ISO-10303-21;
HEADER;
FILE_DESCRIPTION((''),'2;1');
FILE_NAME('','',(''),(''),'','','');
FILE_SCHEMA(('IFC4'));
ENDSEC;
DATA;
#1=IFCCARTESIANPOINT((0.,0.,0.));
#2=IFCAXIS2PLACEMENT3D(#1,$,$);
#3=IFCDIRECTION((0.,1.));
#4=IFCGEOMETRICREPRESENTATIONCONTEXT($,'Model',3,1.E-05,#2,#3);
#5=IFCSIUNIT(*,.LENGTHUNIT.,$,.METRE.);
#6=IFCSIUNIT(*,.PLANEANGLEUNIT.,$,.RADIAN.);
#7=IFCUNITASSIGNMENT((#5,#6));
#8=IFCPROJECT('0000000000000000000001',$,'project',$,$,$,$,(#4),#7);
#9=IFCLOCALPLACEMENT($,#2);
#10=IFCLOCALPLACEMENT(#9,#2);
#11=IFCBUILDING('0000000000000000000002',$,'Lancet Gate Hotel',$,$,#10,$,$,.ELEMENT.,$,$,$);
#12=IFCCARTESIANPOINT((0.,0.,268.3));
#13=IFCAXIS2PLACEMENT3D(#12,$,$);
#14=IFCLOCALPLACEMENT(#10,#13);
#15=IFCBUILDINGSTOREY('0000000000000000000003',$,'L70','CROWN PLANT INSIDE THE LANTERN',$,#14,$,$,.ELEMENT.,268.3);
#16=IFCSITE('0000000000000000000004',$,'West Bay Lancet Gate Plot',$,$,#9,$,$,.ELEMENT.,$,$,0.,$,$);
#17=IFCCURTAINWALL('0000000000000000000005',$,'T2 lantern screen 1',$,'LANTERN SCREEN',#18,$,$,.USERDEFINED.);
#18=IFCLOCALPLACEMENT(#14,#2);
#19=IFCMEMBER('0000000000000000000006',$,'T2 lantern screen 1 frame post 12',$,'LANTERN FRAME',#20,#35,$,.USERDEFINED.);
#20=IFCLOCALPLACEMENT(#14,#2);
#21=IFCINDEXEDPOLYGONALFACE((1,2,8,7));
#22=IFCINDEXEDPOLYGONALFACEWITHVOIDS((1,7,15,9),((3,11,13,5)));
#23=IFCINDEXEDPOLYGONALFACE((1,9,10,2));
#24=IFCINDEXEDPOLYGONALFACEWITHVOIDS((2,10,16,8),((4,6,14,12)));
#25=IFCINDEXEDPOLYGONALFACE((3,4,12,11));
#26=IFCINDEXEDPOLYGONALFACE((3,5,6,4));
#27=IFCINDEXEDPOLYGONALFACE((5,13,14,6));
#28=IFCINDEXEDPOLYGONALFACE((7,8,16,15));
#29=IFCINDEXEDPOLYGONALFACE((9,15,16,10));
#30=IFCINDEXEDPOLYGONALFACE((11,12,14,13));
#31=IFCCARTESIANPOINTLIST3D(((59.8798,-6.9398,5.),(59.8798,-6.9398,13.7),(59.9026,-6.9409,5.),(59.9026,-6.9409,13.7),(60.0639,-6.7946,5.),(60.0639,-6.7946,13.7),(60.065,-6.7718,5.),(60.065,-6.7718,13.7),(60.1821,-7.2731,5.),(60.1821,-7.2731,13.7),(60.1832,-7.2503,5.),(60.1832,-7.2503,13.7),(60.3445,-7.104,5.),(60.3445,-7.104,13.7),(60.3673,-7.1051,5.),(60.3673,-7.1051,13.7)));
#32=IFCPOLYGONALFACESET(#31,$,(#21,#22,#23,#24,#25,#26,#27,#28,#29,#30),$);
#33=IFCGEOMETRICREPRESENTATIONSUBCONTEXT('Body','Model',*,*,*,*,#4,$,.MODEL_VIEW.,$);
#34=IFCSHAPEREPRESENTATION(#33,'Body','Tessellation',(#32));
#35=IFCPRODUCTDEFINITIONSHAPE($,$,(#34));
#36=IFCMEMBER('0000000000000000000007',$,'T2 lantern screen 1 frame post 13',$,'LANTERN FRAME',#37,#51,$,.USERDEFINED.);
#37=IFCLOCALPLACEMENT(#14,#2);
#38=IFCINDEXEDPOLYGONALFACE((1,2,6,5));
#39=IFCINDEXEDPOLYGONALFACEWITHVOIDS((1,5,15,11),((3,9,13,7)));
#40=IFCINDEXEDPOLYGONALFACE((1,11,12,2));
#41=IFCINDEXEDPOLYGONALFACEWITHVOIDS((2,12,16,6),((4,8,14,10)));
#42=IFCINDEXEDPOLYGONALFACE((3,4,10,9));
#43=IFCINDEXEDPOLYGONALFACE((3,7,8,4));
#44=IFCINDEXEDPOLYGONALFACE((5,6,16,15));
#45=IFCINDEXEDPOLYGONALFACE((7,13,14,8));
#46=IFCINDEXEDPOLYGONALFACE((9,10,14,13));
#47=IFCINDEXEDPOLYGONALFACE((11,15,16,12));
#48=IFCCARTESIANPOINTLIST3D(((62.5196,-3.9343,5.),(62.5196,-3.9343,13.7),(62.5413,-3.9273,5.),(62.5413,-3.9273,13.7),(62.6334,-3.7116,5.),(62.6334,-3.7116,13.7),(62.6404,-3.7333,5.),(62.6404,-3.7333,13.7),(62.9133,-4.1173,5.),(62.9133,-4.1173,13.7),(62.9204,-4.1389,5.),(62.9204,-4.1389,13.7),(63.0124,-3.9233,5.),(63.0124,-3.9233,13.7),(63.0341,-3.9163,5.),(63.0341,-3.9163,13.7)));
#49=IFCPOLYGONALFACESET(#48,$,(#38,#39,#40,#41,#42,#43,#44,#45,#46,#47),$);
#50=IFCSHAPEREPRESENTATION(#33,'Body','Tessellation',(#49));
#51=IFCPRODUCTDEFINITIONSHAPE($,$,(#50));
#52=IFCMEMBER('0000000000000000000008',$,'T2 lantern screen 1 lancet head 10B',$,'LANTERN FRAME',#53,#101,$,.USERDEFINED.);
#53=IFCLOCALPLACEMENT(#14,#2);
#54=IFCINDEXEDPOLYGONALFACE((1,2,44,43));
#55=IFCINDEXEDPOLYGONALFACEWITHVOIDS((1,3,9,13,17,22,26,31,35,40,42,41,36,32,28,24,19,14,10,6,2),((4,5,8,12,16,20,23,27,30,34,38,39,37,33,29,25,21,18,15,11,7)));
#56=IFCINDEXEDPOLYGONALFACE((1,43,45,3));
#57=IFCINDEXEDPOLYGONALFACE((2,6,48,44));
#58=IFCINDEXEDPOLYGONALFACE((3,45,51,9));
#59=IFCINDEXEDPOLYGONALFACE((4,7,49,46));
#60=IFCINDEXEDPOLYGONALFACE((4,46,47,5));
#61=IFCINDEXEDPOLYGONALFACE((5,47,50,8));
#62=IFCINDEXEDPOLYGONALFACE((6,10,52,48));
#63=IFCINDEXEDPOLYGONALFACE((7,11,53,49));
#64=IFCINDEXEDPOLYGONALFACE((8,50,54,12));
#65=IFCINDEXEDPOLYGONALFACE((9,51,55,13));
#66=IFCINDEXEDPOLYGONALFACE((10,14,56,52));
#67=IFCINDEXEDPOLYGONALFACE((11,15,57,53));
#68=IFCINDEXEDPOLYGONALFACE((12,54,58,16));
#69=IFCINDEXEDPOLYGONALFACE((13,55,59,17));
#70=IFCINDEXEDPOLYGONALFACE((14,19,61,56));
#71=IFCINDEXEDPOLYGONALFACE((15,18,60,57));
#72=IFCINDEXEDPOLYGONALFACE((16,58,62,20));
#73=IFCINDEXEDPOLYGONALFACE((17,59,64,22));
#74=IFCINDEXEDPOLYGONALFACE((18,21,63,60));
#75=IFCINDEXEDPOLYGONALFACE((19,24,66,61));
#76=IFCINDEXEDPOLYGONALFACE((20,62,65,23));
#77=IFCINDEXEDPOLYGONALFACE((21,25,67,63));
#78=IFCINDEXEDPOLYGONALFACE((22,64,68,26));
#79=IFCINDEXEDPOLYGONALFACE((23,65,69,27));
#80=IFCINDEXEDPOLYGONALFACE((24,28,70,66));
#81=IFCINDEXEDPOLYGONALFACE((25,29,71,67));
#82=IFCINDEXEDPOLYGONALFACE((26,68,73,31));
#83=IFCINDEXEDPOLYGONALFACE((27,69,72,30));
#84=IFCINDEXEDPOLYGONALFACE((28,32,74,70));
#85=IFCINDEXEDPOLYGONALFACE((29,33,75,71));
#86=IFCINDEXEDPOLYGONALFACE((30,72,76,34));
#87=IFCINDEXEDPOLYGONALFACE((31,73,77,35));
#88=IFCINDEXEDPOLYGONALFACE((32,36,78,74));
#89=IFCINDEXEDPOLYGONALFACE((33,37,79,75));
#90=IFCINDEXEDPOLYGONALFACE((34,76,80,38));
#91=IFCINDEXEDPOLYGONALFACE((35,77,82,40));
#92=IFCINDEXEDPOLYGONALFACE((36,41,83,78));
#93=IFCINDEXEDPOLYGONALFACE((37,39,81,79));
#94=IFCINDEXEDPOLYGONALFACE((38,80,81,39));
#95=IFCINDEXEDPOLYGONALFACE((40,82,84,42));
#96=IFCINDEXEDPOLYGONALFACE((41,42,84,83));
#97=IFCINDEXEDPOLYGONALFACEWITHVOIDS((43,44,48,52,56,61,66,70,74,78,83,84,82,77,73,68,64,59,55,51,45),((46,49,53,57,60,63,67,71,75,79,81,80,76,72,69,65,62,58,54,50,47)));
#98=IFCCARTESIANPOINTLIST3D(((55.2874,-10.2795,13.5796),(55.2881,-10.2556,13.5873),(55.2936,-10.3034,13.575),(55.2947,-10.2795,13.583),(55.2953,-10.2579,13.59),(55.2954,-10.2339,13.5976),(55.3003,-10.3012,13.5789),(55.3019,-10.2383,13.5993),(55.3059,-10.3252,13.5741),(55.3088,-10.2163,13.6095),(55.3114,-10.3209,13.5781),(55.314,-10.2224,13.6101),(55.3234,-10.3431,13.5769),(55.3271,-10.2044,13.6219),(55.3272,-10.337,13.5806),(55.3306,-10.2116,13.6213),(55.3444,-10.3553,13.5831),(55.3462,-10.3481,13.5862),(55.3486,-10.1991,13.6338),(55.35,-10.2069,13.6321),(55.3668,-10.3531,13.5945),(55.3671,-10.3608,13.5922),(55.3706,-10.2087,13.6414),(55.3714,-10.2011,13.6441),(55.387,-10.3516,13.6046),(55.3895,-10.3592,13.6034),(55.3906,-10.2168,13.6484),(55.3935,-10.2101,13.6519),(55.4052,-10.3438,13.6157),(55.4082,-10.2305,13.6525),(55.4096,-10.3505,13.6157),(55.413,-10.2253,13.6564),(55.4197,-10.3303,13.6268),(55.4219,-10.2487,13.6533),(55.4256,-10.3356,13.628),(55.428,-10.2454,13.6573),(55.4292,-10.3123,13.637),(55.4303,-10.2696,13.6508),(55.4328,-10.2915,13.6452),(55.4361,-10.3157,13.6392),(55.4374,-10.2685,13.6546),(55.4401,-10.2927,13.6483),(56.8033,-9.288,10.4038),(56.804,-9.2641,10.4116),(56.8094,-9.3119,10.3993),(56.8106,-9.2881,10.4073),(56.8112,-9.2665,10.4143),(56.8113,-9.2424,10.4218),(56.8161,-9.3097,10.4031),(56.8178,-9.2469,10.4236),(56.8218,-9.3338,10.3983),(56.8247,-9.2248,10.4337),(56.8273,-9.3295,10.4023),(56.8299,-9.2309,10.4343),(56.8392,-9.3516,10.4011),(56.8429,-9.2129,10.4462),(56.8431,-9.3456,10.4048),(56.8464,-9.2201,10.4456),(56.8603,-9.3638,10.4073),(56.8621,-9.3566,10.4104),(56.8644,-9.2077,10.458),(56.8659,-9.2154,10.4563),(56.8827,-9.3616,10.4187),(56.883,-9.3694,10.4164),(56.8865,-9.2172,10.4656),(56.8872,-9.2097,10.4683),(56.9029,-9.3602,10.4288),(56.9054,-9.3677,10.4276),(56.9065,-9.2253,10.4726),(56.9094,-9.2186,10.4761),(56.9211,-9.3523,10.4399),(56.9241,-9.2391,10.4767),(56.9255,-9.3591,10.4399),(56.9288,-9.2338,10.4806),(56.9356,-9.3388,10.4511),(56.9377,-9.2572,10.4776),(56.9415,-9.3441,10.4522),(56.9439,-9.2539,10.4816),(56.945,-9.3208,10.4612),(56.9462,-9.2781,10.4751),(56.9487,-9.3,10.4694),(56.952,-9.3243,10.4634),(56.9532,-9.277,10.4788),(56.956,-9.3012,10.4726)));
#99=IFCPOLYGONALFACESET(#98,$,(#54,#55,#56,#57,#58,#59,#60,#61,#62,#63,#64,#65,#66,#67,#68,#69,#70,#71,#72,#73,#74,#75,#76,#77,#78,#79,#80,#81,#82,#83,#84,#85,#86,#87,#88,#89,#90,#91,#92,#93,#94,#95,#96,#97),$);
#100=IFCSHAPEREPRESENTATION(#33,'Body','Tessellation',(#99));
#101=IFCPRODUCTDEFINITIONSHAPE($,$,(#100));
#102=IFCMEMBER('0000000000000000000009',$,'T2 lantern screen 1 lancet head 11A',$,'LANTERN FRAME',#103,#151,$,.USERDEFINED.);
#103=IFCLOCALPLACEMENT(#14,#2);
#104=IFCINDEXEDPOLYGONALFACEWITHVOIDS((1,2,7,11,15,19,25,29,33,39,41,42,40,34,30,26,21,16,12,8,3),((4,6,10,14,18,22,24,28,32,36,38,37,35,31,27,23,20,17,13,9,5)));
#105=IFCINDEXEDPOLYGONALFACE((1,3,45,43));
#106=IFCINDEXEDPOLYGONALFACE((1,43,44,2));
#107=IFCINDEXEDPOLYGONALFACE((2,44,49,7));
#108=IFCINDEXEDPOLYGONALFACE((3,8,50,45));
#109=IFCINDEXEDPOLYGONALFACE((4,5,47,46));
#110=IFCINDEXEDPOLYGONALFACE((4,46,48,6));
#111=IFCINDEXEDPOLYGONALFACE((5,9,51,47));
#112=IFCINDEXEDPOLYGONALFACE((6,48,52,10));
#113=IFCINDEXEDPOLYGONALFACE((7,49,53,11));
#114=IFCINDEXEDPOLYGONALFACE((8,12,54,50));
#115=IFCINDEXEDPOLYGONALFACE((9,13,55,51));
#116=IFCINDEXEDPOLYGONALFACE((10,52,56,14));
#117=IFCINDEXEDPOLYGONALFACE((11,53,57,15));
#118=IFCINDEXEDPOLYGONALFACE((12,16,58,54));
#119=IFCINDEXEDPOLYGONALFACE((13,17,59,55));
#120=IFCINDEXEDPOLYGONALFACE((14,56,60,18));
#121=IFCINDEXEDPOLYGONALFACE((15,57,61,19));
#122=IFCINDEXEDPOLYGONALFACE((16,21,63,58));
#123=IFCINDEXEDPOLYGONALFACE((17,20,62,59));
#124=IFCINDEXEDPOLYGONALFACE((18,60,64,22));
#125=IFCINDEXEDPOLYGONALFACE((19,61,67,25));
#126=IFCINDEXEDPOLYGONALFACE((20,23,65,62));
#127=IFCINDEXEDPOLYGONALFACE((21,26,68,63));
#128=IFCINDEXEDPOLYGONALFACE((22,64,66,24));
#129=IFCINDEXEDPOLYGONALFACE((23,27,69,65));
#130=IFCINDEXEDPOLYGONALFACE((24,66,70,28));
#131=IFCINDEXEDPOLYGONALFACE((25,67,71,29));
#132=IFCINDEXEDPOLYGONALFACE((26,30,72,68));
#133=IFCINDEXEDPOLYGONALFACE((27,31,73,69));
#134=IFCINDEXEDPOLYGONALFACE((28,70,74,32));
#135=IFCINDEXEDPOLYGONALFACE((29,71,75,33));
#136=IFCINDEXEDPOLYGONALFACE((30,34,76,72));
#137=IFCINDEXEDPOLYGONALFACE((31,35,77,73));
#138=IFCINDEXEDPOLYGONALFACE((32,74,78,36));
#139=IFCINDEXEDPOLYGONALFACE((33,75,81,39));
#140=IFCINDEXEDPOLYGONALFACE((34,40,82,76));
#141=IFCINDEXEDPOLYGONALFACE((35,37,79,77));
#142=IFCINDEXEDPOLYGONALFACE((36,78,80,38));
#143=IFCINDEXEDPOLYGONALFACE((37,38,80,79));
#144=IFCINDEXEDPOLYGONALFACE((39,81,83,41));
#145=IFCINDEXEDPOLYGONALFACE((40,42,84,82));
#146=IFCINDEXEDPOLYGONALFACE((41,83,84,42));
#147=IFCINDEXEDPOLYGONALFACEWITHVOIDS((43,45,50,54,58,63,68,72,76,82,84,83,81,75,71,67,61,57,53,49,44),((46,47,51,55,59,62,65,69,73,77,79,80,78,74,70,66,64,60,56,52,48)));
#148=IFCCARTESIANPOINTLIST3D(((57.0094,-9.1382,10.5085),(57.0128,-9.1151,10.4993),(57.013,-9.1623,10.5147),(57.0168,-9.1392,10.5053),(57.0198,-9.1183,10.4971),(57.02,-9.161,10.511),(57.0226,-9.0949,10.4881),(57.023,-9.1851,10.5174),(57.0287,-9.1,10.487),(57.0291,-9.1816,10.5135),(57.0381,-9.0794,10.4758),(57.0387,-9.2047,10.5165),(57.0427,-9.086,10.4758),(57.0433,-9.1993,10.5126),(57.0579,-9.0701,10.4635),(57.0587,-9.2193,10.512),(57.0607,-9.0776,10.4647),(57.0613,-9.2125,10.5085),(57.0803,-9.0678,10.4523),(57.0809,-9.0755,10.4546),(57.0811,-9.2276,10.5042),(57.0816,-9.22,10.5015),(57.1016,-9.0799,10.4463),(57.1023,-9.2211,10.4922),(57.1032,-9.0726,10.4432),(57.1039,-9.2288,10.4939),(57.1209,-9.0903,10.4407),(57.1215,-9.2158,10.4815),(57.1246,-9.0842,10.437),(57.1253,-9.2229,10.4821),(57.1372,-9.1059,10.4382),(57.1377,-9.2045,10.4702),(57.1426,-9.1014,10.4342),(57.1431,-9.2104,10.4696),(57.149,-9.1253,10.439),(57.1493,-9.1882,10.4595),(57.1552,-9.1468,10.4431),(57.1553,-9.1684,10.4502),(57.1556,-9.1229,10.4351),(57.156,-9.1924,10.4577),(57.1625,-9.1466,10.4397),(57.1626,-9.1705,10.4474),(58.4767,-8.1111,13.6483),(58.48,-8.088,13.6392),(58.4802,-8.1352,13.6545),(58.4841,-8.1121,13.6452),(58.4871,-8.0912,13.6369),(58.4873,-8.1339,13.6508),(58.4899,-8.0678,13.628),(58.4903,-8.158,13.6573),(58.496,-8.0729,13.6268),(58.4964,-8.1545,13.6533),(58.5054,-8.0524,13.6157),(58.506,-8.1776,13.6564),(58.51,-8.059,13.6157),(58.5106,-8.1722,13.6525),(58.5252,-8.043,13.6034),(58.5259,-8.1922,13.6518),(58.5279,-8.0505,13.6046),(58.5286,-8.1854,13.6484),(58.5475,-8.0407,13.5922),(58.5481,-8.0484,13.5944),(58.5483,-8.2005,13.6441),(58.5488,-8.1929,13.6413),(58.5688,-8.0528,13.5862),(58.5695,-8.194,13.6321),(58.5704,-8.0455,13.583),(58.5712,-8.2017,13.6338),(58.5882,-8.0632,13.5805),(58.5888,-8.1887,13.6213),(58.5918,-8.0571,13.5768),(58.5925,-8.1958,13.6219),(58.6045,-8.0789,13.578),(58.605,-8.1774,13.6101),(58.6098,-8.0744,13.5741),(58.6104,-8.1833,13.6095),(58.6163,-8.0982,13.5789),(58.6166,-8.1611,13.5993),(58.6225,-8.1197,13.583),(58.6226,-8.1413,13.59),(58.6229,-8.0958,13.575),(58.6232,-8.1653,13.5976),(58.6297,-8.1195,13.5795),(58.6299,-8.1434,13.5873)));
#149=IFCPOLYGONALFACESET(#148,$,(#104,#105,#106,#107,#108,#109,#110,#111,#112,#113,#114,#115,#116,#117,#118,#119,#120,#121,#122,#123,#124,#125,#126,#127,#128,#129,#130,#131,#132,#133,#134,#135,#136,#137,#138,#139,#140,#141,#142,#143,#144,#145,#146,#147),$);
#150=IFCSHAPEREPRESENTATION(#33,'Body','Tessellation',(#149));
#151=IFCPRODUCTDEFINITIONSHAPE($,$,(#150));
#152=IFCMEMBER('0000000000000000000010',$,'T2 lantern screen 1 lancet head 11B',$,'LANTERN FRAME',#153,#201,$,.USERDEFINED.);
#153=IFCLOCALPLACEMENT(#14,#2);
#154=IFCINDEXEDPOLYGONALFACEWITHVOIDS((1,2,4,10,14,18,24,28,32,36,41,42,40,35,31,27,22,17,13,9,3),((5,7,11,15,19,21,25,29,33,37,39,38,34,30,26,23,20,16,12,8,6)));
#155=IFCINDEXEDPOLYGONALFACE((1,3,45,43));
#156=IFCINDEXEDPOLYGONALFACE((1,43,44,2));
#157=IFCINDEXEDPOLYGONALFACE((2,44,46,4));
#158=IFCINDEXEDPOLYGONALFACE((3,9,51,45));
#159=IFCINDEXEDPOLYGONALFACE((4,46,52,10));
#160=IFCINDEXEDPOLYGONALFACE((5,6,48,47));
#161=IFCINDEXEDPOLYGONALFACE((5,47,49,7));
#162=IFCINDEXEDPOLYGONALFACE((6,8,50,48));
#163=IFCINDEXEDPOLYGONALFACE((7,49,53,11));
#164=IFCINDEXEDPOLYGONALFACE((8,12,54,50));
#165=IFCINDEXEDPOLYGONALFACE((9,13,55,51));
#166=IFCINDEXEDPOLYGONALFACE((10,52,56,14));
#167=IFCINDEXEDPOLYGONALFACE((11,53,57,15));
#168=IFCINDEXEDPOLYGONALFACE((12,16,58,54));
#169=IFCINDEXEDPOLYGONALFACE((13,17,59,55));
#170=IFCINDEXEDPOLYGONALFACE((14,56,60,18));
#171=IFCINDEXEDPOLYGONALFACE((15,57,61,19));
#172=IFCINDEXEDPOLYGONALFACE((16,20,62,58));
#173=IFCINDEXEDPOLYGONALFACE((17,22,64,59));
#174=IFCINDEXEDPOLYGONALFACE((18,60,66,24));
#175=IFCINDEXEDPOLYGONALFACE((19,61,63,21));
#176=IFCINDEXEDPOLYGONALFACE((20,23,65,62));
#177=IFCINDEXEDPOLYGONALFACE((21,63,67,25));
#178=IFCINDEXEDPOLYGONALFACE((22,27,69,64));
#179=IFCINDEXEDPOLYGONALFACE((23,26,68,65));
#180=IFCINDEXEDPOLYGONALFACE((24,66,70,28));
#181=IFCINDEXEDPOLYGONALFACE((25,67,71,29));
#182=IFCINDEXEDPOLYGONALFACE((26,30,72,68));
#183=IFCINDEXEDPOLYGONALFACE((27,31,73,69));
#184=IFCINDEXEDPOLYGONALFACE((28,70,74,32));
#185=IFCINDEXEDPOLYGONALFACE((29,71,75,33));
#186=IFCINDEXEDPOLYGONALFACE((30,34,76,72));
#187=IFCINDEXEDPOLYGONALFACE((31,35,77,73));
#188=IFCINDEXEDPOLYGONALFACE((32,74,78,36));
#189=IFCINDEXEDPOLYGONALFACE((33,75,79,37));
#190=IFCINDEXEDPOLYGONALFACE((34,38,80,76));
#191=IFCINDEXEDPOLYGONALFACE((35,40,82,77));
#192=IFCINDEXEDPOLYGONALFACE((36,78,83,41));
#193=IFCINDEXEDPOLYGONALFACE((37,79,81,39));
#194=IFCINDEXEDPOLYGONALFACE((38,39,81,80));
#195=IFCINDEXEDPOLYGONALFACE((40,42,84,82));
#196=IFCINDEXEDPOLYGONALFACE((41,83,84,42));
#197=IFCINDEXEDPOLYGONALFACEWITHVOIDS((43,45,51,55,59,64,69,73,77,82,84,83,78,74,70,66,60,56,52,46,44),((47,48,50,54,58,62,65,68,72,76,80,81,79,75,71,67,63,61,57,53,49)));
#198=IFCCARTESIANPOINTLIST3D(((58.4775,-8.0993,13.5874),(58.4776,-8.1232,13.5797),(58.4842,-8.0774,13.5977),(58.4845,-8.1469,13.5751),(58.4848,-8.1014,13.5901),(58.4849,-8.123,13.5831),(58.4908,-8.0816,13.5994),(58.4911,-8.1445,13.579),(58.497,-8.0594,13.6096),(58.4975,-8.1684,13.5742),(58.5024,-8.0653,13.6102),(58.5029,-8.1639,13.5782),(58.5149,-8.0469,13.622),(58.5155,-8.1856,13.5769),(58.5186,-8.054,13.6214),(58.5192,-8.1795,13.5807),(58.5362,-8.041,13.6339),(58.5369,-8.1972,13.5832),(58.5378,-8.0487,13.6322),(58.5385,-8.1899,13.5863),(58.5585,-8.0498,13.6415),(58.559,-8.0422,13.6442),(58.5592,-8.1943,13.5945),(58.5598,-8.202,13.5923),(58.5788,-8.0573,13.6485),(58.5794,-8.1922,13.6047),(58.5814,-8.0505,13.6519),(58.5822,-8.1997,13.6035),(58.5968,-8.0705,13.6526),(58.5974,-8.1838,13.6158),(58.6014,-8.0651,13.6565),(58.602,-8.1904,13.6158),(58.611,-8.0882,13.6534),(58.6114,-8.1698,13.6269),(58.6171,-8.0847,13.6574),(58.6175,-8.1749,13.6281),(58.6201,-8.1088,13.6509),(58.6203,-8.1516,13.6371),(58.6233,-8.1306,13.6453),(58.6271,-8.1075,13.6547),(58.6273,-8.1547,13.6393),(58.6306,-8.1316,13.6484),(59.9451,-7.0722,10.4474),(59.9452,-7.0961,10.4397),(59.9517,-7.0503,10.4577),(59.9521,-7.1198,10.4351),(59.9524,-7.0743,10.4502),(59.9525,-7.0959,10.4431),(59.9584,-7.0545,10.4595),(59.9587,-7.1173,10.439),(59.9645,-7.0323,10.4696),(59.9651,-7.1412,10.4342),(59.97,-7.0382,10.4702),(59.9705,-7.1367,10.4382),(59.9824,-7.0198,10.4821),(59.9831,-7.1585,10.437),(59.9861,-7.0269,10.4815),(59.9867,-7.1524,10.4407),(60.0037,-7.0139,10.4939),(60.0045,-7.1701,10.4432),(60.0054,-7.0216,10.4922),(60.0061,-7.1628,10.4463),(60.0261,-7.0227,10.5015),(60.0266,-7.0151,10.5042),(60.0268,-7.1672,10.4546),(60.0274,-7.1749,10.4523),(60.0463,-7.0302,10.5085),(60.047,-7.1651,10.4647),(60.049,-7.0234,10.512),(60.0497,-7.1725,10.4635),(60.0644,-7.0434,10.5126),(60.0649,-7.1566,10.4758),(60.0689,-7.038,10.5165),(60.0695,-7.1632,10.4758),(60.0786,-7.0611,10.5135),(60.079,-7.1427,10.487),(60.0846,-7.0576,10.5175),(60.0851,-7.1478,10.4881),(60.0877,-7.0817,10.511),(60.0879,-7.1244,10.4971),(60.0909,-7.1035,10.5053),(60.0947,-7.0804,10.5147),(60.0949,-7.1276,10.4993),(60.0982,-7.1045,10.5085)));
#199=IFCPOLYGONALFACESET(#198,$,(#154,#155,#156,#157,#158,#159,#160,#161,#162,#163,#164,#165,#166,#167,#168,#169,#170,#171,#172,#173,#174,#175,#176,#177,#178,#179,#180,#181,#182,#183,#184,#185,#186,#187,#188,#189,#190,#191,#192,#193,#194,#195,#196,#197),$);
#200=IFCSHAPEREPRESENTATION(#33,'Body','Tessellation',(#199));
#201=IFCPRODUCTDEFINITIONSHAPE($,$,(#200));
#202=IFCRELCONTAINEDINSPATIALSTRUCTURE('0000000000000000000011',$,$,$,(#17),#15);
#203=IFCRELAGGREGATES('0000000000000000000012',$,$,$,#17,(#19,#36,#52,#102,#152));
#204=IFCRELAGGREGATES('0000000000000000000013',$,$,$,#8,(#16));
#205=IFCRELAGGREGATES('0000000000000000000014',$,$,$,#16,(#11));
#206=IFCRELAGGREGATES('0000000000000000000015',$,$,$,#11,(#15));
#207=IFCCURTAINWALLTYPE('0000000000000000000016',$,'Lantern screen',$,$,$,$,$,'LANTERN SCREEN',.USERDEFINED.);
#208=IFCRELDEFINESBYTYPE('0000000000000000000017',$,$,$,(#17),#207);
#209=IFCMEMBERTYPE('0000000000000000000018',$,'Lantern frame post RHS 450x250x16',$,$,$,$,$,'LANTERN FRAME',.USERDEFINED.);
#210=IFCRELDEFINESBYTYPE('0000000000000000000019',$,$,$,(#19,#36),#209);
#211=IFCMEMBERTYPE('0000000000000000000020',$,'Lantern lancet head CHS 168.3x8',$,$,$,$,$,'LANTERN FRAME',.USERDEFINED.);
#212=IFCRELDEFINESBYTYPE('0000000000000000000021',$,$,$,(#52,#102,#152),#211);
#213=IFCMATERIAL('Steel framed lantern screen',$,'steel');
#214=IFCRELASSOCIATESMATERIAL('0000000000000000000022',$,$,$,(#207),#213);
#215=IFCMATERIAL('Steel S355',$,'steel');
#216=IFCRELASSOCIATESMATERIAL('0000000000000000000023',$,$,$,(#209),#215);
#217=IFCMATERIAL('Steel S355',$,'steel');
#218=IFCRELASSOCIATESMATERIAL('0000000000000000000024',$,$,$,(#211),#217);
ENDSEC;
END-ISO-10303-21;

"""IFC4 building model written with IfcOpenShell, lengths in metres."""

from ifc_helpers import new_model, si_unit, direction, frame, origin, origin_2d, place, context, subcontext, project, spatial, hollow_rectangle, hollow_circle, extrude, material, material_profile, profile_set, type_object, element, aggregate, save


model = new_model("IFC4")

# Units and contexts
model_context = context("Model", 3, precision=1e-05, world=origin(), true_north=direction((0.0, 1.0)))
body_context = subcontext(model_context, "Body", "Model", "MODEL_VIEW")
ifc_project = project(units=[si_unit("LENGTHUNIT", "METRE"), si_unit("PLANEANGLEUNIT", "RADIAN")], contexts=[model_context])

# Site, building, storey
site_placement = place(None, origin())
site = spatial("IfcSite", under=ifc_project, at=site_placement, Name="West Bay Lancet Gate Plot", CompositionType="ELEMENT", RefElevation=0.0)
building_placement = place(site_placement, origin())
building = spatial("IfcBuilding", under=site, at=building_placement, Name="Lancet Gate Hotel", CompositionType="ELEMENT")
storey_placement = place(building_placement, frame((0.0, 0.0, 268.3)))
storey = spatial("IfcBuildingStorey", under=building, at=storey_placement, Name="L70", Description="CROWN PLANT INSIDE THE LANTERN", CompositionType="ELEMENT", Elevation=268.3)

# Curtain wall, members
ifc_material_1 = material(Name="Steel framed lantern screen", Category="steel")
curtain_wall_type_1 = type_object("IfcCurtainWallType", Name="Lantern screen", ElementType="LANTERN SCREEN", PredefinedType="USERDEFINED", material=ifc_material_1)
curtain_wall_1_placement = place(storey_placement, origin())
curtain_wall_1 = element("IfcCurtainWall", 1, at=curtain_wall_1_placement, inside=storey, type_object=curtain_wall_type_1, Name="T2 lantern screen 1", ObjectType="LANTERN SCREEN", PredefinedType="USERDEFINED")
ifc_material_2 = material(Name="Steel S355", Category="steel")
ifc_material_profile_1 = material_profile(ifc_material_2, hollow_rectangle(XDim=0.25, YDim=0.45, WallThickness=0.0161, at=origin_2d()), Name="RHS 450x250x16")
ifc_profile_set_1 = profile_set([ifc_material_profile_1], Name="Steel S355")
member_type_1 = type_object("IfcMemberType", Name="Lantern frame post RHS 450x250x16", ElementType="LANTERN FRAME", PredefinedType="USERDEFINED", material=ifc_profile_set_1)
member_1_placement = place(storey_placement, frame((60.1235, -7.0225, 5.0), z_axis=(0.0, 0.0, 1.0), x_axis=(0.740766, 0.671763, 0.0)))
member_1 = element("IfcMember", 2, at=member_1_placement, type_object=member_type_1, Name="T2 lantern screen 1 frame post 12", ObjectType="LANTERN FRAME", PredefinedType="USERDEFINED", context=body_context, shape_type="SweptSolid", body=[
    extrude(hollow_rectangle(XDim=0.25, YDim=0.45, WallThickness=0.0161, at=origin_2d()), origin(), (0.0, 0.0, 1.0), 8.7),
])
member_2_placement = place(storey_placement, frame((62.7769, -3.9253, 5.0), z_axis=(0.0, 0.0, 1.0), x_axis=(0.454853, 0.890567, 0.0)))
member_2 = element("IfcMember", 3, at=member_2_placement, type_object=member_type_1, Name="T2 lantern screen 1 frame post 13", ObjectType="LANTERN FRAME", PredefinedType="USERDEFINED", context=body_context, shape_type="SweptSolid", body=[
    extrude(hollow_rectangle(XDim=0.25, YDim=0.45, WallThickness=0.0161, at=origin_2d()), origin(), (0.0, 0.0, 1.0), 8.7),
])
ifc_material_3 = material(Name="Steel S355", Category="steel")
ifc_material_profile_2 = material_profile(ifc_material_3, hollow_circle(Radius=0.0842, WallThickness=0.0081, at=origin_2d()), Name="CHS 168.3x8.0")
ifc_profile_set_2 = profile_set([ifc_material_profile_2], Name="Steel S355")
member_type_2 = type_object("IfcMemberType", Name="Lantern lancet head CHS 168.3x8", ElementType="LANTERN FRAME", PredefinedType="USERDEFINED", material=ifc_profile_set_2)
member_3_placement = place(storey_placement, frame((56.8794, -9.2886, 10.4399), z_axis=(-0.414624, -0.271185, 0.868646), x_axis=(0.547369, -0.836891, 0.0)))
member_3 = element("IfcMember", 4, at=member_3_placement, type_object=member_type_2, Name="T2 lantern screen 1 lancet head 10B", ObjectType="LANTERN FRAME", PredefinedType="USERDEFINED", context=body_context, shape_type="SweptSolid", body=[
    extrude(hollow_circle(Radius=0.0842, WallThickness=0.0081, at=origin_2d()), origin(), (0.0, 0.0, 1.0), 3.656),
])
member_4_placement = place(storey_placement, frame((57.0864, -9.1484, 10.4758), z_axis=(0.40591, 0.284137, 0.868621), x_axis=(-0.573462, 0.819232, 0.0)))
member_4 = element("IfcMember", 5, at=member_4_placement, type_object=member_type_2, Name="T2 lantern screen 1 lancet head 11A", ObjectType="LANTERN FRAME", PredefinedType="USERDEFINED", context=body_context, shape_type="SweptSolid", body=[
    extrude(hollow_circle(Radius=0.0842, WallThickness=0.0081, at=origin_2d()), origin(), (0.0, 0.0, 1.0), 3.6147),
])
member_5_placement = place(storey_placement, frame((60.0212, -7.0942, 10.4758), z_axis=(-0.405967, -0.284129, 0.868597), x_axis=(0.573398, -0.819277, 0.0)))
member_5 = element("IfcMember", 6, at=member_5_placement, type_object=member_type_2, Name="T2 lantern screen 1 lancet head 11B", ObjectType="LANTERN FRAME", PredefinedType="USERDEFINED", context=body_context, shape_type="SweptSolid", body=[
    extrude(hollow_circle(Radius=0.0842, WallThickness=0.0081, at=origin_2d()), origin(), (0.0, 0.0, 1.0), 3.615),
])

aggregate(curtain_wall_1, [member_1, member_2, member_3, member_4, member_5])

save(model, "model.ifc")
